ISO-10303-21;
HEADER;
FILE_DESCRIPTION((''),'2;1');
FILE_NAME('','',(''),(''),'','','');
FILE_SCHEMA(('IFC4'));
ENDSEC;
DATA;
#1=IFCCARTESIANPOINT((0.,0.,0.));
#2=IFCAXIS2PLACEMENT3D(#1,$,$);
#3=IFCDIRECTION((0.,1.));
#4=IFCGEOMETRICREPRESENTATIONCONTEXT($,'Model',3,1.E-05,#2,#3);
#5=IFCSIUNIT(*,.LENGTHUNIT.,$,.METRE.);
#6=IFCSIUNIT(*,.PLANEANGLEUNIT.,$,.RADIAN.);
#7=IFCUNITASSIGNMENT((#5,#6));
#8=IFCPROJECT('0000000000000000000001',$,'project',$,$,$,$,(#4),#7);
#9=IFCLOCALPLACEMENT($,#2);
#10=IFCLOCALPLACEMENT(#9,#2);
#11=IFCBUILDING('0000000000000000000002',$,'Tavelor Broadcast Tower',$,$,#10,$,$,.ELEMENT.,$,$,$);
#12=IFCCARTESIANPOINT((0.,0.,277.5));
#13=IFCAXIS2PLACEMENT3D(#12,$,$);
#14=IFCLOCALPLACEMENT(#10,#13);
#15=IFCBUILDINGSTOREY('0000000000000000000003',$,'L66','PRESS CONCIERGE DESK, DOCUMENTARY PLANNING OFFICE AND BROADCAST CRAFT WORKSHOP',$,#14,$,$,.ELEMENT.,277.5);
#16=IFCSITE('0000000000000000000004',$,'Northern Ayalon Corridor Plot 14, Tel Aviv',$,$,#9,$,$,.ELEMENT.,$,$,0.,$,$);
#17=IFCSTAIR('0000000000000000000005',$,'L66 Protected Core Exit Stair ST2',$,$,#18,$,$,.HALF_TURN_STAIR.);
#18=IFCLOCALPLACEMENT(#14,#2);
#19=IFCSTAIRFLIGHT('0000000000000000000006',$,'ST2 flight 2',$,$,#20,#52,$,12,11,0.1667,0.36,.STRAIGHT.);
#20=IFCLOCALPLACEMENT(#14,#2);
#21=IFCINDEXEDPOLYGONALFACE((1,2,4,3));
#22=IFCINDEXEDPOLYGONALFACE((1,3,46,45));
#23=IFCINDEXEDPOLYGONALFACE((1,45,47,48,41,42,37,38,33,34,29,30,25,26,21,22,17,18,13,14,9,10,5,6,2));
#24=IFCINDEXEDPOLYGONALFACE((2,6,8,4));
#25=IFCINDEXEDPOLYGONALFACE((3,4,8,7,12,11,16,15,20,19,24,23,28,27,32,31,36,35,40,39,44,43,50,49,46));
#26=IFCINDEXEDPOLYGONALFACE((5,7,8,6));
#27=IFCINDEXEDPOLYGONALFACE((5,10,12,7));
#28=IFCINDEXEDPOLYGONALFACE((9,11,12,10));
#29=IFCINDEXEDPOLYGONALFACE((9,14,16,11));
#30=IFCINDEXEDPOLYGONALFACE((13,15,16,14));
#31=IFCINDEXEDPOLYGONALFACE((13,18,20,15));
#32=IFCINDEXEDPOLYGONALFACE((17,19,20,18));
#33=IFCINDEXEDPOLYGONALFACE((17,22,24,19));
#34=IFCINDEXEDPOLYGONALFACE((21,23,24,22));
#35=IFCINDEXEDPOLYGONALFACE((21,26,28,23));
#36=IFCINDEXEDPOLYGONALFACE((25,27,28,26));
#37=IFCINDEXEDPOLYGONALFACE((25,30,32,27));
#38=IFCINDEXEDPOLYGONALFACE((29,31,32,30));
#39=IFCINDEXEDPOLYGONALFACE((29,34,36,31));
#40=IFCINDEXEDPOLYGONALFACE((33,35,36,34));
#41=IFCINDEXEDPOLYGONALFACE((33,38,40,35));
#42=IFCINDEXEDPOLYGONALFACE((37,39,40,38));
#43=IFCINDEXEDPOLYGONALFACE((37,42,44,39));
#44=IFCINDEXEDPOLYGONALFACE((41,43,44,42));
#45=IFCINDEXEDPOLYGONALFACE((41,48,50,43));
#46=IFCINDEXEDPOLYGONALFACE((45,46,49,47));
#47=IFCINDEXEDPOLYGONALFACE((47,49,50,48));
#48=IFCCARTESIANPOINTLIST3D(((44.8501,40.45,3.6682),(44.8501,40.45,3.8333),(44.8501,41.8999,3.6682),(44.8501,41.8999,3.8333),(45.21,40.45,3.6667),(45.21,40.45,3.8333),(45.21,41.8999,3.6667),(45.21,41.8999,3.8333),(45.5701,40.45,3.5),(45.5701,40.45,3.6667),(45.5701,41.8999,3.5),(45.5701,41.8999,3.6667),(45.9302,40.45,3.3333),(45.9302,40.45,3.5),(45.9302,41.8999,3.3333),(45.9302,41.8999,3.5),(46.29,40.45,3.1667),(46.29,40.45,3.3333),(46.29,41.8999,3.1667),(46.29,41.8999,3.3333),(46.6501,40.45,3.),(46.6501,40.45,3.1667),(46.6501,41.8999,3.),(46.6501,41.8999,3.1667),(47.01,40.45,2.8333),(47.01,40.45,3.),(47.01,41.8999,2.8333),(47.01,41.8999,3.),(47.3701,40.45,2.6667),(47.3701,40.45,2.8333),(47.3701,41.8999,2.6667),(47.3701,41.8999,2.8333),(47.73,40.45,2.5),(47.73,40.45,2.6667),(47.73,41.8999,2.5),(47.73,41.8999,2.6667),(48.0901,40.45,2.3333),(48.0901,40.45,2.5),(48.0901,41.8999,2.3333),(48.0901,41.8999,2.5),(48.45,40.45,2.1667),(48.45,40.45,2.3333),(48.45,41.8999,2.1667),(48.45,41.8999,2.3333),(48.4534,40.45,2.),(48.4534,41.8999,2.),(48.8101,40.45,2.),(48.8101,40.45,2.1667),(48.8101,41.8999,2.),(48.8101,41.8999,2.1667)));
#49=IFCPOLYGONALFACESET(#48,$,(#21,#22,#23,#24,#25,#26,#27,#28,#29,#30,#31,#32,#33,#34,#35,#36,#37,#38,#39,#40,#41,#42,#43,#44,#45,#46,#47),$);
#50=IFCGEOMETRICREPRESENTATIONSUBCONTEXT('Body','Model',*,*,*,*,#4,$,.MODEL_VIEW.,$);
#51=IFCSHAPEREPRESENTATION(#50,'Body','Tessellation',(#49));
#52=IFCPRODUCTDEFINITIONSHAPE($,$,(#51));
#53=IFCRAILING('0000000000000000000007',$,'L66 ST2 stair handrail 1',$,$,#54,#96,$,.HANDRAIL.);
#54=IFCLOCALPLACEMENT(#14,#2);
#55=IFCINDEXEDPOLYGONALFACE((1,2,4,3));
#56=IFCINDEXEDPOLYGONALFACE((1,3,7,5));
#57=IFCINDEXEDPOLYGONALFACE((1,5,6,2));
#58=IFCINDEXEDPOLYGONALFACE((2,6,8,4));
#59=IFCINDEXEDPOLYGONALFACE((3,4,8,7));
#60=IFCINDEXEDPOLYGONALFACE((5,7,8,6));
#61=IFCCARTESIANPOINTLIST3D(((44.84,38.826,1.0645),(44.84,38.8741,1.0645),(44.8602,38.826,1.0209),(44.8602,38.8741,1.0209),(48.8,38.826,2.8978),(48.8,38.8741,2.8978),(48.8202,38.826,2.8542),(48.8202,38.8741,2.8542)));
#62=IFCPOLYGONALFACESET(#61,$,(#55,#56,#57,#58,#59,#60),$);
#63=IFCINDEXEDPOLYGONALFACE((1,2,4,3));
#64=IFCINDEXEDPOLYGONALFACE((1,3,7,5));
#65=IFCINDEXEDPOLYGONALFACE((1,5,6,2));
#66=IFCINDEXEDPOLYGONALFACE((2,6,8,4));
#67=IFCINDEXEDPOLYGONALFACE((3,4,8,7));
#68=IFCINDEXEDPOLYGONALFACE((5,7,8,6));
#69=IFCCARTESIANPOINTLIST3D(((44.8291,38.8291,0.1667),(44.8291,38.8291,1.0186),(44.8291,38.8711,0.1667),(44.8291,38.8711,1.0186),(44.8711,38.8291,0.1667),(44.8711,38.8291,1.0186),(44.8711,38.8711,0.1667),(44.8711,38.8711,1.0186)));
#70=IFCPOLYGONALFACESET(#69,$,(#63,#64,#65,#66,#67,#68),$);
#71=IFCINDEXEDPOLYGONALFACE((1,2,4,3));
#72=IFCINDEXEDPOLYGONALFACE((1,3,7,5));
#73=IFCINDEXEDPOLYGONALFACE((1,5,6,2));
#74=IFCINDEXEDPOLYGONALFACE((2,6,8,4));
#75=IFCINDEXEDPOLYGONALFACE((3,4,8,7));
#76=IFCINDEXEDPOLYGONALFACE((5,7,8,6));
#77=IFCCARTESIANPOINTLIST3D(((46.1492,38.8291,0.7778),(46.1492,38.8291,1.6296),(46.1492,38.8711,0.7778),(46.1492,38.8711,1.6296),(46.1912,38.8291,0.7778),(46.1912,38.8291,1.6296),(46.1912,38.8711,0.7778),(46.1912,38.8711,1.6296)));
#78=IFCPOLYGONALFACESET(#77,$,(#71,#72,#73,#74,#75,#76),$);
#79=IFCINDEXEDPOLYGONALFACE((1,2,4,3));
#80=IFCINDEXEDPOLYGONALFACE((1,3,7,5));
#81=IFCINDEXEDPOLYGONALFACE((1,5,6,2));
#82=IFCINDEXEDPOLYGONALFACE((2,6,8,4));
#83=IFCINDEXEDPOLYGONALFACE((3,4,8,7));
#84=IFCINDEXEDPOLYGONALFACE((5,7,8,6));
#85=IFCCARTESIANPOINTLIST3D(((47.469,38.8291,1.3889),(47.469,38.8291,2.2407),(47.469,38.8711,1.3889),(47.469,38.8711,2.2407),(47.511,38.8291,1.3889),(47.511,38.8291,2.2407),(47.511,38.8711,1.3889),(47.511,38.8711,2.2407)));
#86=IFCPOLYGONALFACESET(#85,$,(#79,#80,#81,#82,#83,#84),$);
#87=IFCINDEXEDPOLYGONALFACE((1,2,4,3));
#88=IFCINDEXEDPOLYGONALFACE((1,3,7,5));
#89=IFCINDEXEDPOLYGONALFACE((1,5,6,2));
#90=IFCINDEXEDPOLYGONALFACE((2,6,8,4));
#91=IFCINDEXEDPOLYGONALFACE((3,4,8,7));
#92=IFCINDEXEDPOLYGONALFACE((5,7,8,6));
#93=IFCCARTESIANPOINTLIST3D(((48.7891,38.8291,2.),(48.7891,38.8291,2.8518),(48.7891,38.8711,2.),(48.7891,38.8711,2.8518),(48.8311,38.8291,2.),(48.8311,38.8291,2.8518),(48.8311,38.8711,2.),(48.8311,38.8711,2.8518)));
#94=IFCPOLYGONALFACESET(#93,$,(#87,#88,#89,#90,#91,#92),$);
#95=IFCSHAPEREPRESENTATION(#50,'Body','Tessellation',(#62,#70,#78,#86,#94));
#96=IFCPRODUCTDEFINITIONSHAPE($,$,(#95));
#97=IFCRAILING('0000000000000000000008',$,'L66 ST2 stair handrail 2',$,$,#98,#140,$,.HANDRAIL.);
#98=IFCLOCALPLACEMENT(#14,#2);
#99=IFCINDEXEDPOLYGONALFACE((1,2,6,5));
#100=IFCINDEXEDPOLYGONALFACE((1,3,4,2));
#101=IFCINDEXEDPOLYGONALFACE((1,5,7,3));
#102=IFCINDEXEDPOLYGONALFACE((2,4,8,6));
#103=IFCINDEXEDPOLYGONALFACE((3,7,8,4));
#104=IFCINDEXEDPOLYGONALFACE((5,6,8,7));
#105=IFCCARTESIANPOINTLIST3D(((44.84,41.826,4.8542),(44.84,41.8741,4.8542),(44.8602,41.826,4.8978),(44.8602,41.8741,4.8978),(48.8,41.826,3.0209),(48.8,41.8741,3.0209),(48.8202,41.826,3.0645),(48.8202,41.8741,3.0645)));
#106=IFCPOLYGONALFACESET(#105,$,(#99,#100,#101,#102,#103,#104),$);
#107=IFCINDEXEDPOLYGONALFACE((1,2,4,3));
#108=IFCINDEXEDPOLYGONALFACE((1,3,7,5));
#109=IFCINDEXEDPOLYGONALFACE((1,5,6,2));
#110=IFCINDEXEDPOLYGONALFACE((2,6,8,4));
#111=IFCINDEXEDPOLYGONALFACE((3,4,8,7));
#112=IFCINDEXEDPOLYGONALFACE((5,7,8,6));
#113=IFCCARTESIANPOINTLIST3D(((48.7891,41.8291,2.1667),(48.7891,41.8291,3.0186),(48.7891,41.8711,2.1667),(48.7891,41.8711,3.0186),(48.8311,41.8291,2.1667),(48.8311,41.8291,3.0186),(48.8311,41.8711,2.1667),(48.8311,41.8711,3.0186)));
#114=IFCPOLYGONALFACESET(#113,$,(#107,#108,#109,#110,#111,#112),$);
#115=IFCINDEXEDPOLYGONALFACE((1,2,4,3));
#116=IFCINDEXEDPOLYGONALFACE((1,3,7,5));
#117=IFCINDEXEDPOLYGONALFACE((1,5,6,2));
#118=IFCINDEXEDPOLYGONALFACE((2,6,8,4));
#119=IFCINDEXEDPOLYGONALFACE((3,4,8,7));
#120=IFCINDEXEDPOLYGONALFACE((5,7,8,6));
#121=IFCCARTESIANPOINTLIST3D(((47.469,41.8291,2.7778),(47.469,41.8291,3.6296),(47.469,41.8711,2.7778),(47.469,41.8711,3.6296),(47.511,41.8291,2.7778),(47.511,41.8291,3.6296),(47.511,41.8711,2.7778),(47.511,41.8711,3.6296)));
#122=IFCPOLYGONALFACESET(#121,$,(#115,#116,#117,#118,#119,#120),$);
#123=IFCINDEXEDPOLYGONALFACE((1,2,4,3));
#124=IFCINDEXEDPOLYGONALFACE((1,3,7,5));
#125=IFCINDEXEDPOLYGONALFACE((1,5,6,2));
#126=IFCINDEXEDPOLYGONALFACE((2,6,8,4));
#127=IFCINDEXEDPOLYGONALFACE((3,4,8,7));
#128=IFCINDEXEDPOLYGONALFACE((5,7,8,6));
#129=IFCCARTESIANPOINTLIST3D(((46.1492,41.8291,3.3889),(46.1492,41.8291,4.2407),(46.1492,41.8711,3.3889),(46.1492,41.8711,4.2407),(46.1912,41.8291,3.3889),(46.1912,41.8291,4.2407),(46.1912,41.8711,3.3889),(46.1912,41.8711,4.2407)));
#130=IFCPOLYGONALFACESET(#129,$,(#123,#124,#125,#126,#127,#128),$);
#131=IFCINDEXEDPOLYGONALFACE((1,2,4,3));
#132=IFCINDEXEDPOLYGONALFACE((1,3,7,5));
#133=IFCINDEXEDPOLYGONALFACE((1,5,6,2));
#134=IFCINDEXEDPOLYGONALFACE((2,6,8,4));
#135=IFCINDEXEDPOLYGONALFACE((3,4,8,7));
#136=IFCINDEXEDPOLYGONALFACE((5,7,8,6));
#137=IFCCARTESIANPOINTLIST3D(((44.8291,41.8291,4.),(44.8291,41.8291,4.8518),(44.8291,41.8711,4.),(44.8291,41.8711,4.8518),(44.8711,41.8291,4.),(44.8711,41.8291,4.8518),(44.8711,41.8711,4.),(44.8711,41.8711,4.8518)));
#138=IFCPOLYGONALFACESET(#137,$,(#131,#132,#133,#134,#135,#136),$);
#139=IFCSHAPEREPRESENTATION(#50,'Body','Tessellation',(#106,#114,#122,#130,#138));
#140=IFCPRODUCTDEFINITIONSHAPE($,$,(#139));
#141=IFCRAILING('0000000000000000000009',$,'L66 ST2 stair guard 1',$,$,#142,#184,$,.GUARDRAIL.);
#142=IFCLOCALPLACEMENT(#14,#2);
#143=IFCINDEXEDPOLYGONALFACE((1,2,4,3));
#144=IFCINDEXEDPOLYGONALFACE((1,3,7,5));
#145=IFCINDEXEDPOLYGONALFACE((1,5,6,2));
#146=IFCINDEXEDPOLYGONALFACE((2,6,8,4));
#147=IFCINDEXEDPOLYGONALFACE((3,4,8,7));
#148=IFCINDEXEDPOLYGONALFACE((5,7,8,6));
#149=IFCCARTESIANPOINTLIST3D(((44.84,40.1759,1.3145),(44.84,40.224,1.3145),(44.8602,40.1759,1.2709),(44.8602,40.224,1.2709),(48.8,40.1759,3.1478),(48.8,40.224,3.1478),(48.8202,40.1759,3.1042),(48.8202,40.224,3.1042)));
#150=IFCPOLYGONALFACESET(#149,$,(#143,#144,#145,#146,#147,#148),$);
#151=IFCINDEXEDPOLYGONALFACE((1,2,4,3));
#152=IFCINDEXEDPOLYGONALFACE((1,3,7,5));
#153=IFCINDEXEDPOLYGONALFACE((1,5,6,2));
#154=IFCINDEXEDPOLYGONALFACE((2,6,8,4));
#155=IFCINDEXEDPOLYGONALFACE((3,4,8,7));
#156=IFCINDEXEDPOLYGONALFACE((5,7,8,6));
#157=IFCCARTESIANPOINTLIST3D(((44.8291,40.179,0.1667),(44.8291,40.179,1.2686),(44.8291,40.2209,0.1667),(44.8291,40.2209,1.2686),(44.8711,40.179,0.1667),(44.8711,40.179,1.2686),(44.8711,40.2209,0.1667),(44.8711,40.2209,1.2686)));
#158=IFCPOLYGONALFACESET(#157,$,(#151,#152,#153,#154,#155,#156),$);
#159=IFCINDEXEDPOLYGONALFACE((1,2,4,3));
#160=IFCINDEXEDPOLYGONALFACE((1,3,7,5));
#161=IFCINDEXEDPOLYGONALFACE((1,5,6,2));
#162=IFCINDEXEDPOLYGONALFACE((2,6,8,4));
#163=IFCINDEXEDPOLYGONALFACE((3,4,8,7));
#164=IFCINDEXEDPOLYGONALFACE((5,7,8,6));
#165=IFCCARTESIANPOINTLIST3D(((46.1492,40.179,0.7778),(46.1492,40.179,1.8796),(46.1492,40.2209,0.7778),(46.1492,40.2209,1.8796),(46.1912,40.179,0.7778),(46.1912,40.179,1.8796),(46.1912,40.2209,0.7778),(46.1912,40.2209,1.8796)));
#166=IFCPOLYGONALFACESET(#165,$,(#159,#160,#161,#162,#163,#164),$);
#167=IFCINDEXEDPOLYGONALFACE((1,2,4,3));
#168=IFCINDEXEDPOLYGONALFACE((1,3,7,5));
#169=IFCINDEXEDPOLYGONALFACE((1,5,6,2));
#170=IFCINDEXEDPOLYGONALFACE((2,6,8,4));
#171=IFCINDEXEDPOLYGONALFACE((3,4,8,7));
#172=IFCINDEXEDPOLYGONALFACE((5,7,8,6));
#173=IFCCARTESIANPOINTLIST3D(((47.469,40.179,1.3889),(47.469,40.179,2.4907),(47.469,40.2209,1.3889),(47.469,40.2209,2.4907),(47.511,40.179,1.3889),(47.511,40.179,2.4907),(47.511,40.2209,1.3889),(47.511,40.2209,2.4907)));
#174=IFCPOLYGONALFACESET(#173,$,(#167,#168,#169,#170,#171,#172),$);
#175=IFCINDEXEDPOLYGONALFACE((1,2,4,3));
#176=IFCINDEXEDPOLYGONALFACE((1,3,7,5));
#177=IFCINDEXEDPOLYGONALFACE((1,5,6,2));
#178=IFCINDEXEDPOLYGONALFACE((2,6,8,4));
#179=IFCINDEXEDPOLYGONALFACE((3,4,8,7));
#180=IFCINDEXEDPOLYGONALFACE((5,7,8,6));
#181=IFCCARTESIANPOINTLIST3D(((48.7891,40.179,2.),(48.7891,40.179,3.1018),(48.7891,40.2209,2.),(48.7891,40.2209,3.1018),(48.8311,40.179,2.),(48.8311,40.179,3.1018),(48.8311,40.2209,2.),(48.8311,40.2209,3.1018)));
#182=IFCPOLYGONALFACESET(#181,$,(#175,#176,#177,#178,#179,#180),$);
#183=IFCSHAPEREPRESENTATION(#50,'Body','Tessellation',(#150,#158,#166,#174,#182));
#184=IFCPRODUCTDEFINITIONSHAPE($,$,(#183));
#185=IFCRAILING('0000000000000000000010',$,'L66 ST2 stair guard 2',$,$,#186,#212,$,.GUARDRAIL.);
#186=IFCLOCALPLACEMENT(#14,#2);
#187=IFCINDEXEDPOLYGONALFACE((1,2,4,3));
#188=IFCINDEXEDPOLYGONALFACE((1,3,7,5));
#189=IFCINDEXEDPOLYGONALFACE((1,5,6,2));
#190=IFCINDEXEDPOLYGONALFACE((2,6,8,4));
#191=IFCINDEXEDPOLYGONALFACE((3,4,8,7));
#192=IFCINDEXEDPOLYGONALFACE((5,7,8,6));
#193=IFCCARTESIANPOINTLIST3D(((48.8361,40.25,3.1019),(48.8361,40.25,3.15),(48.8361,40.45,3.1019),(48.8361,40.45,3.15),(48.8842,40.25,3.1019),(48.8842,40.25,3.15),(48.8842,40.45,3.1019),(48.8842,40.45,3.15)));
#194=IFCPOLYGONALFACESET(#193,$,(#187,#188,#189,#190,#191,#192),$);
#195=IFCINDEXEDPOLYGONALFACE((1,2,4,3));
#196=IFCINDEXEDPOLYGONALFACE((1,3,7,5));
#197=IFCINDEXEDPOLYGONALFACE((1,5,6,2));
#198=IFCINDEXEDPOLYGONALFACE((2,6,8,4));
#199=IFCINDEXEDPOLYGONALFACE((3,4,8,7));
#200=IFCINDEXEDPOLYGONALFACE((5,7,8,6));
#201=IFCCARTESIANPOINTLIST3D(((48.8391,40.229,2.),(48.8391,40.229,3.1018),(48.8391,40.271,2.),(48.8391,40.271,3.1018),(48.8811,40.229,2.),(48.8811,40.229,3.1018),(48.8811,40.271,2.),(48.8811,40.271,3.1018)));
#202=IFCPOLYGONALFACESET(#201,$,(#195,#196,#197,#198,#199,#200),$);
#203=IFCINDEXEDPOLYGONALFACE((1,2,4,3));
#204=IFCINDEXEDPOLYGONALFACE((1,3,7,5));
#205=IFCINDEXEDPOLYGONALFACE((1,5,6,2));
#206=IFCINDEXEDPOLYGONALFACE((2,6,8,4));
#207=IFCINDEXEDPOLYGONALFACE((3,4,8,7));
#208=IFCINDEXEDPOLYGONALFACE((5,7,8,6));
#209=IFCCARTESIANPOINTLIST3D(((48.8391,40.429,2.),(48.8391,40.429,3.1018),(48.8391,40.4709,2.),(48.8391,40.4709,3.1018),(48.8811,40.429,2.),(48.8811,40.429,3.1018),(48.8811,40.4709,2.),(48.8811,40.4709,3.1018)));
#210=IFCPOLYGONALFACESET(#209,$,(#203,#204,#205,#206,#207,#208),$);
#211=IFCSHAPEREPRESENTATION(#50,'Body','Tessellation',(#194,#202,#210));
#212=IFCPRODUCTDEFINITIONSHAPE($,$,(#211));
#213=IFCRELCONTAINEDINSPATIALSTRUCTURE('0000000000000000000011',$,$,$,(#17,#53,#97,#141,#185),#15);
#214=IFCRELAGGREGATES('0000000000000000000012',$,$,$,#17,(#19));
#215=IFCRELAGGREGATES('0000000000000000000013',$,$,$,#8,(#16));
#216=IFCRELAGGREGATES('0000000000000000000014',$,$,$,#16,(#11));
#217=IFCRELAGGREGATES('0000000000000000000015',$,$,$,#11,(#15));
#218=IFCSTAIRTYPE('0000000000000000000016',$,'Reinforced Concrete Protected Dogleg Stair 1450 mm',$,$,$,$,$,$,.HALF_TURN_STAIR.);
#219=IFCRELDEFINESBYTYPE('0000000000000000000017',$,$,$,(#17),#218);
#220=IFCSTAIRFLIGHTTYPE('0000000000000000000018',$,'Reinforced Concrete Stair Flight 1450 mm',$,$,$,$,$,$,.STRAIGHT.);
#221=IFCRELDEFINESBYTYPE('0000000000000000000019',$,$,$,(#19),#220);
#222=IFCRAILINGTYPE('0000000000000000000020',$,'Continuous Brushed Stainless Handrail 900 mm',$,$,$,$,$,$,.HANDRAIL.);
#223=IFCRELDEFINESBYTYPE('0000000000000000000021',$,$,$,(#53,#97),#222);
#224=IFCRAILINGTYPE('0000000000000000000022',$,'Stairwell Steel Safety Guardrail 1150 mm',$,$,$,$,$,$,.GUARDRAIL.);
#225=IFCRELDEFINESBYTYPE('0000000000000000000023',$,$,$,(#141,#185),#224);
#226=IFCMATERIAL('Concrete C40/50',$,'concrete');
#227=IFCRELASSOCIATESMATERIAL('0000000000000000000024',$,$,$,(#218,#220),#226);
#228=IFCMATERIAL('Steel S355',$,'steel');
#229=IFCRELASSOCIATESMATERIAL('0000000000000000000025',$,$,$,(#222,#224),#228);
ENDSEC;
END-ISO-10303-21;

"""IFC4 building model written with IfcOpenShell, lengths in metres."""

from ifc_helpers import new_model, si_unit, direction, frame, origin, origin_2d, place, context, subcontext, project, spatial, polyline, rectangle, outline, extrude, material, type_object, element, aggregate, save


model = new_model("IFC4")

# Units and contexts
model_context = context("Model", 3, precision=1e-05, world=origin(), true_north=direction((0.0, 1.0)))
body_context = subcontext(model_context, "Body", "Model", "MODEL_VIEW")
ifc_project = project(units=[si_unit("LENGTHUNIT", "METRE"), si_unit("PLANEANGLEUNIT", "RADIAN")], contexts=[model_context])

# Site, building, storey
site_placement = place(None, origin())
site = spatial("IfcSite", under=ifc_project, at=site_placement, Name="Northern Ayalon Corridor Plot 14, Tel Aviv", CompositionType="ELEMENT", RefElevation=0.0)
building_placement = place(site_placement, origin())
building = spatial("IfcBuilding", under=site, at=building_placement, Name="Tavelor Broadcast Tower", CompositionType="ELEMENT")
storey_placement = place(building_placement, frame((0.0, 0.0, 277.5)))
storey = spatial("IfcBuildingStorey", under=building, at=storey_placement, Name="L66", Description="PRESS CONCIERGE DESK, DOCUMENTARY PLANNING OFFICE AND BROADCAST CRAFT WORKSHOP", CompositionType="ELEMENT", Elevation=277.5)

# Shared definitions
ifc_material_1 = material(Name="Concrete C40/50", Category="concrete")
ifc_material_2 = material(Name="Steel S355", Category="steel")

# Stair, stair flight
stair_type = type_object("IfcStairType", Name="Reinforced Concrete Protected Dogleg Stair 1450 mm", PredefinedType="HALF_TURN_STAIR", material=ifc_material_1)
stair_placement = place(storey_placement, origin())
stair = element("IfcStair", 1, at=stair_placement, inside=storey, type_object=stair_type, Name="L66 Protected Core Exit Stair ST2", PredefinedType="HALF_TURN_STAIR")
stair_flight_type = type_object("IfcStairFlightType", Name="Reinforced Concrete Stair Flight 1450 mm", PredefinedType="STRAIGHT", material=ifc_material_1)
stair_flight_1_placement = place(storey_placement, frame((48.8101, 41.175, 2.0), z_axis=(0.0, 0.0, 1.0), x_axis=(-1.0, 0.0, 0.0)))
stair_flight_1 = element("IfcStairFlight", 2, at=stair_flight_1_placement, type_object=stair_flight_type, Name="ST2 flight 2", NumberOfRisers=12, NumberOfTreads=11, PredefinedType="STRAIGHT", RiserHeight=0.1667, TreadLength=0.36, context=body_context, shape_type="SweptSolid", body=[
    extrude(outline(polyline([(0.0, 0.0), (0.0, 0.1667), (0.3601, 0.1667), (0.3601, 0.3333), (0.72, 0.3333), (0.72, 0.5), (1.0801, 0.5), (1.0801, 0.6667), (1.4399, 0.6667), (1.4399, 0.8333), (1.8, 0.8333), (1.8, 1.0), (2.1599, 1.0), (2.1599, 1.1667), (2.52, 1.1667), (2.52, 1.3333), (2.8799, 1.3333), (2.8799, 1.5), (3.24, 1.5), (3.24, 1.6667), (3.6001, 1.6667), (3.6001, 1.8333), (3.96, 1.8333), (3.96, 2.0), (3.96, 1.6682), (0.3567, 0.0), (0.0, 0.0)])), frame((0.0, 0.7251, 0.0), z_axis=(0.0, -1.0, 0.0), x_axis=(1.0, 0.0, 0.0)), (0.0, 0.0, 1.0), 1.45),
])
aggregate(stair, [stair_flight_1])

# Railings
railing_type_1 = type_object("IfcRailingType", Name="Continuous Brushed Stainless Handrail 900 mm", PredefinedType="HANDRAIL", material=ifc_material_2)
railing_1_placement = place(storey_placement, frame((44.8501, 38.8501, 0.1667)))
element("IfcRailing", 3, at=railing_1_placement, inside=storey, type_object=railing_type_1, Name="L66 ST2 stair handrail 1", PredefinedType="HANDRAIL", context=body_context, shape_type="SweptSolid", body=[
    extrude(rectangle(XDim=0.0481, YDim=0.0481, at=origin_2d()), frame((0.0, 0.0, 0.876), z_axis=(0.907472, 0.0, 0.420112), x_axis=(0.0, 1.0, 0.0)), (0.0, 0.0, 1.0), 4.3638),
    extrude(rectangle(XDim=0.042, YDim=0.042, at=origin_2d()), origin(), (0.0, 0.0, 1.0), 0.8518),
    extrude(rectangle(XDim=0.042, YDim=0.042, at=origin_2d()), frame((1.3201, 0.0, 0.6111)), (0.0, 0.0, 1.0), 0.8518),
    extrude(rectangle(XDim=0.042, YDim=0.042, at=origin_2d()), frame((2.6399, 0.0, 1.2222)), (0.0, 0.0, 1.0), 0.8518),
    extrude(rectangle(XDim=0.042, YDim=0.042, at=origin_2d()), frame((3.96, 0.0, 1.8333)), (0.0, 0.0, 1.0), 0.8518),
])
railing_2_placement = place(storey_placement, frame((48.8101, 41.8501, 2.1667)))
element("IfcRailing", 4, at=railing_2_placement, inside=storey, type_object=railing_type_1, Name="L66 ST2 stair handrail 2", PredefinedType="HANDRAIL", context=body_context, shape_type="SweptSolid", body=[
    extrude(rectangle(XDim=0.0481, YDim=0.0481, at=origin_2d()), frame((0.0, 0.0, 0.876), z_axis=(-0.907472, 0.0, 0.420112), x_axis=(0.0, -1.0, 0.0)), (0.0, 0.0, 1.0), 4.3638),
    extrude(rectangle(XDim=0.042, YDim=0.042, at=origin_2d()), origin(), (0.0, 0.0, 1.0), 0.8518),
    extrude(rectangle(XDim=0.042, YDim=0.042, at=origin_2d()), frame((-1.3201, 0.0, 0.6111)), (0.0, 0.0, 1.0), 0.8518),
    extrude(rectangle(XDim=0.042, YDim=0.042, at=origin_2d()), frame((-2.6399, 0.0, 1.2222)), (0.0, 0.0, 1.0), 0.8518),
    extrude(rectangle(XDim=0.042, YDim=0.042, at=origin_2d()), frame((-3.96, 0.0, 1.8333)), (0.0, 0.0, 1.0), 0.8518),
])
railing_type_2 = type_object("IfcRailingType", Name="Stairwell Steel Safety Guardrail 1150 mm", PredefinedType="GUARDRAIL", material=ifc_material_2)
railing_3_placement = place(storey_placement, frame((44.8501, 40.2, 0.1667)))
element("IfcRailing", 5, at=railing_3_placement, inside=storey, type_object=railing_type_2, Name="L66 ST2 stair guard 1", PredefinedType="GUARDRAIL", context=body_context, shape_type="SweptSolid", body=[
    extrude(rectangle(XDim=0.0481, YDim=0.0481, at=origin_2d()), frame((0.0, 0.0, 1.126), z_axis=(0.907472, 0.0, 0.420112), x_axis=(0.0, 1.0, 0.0)), (0.0, 0.0, 1.0), 4.3638),
    extrude(rectangle(XDim=0.042, YDim=0.042, at=origin_2d()), origin(), (0.0, 0.0, 1.0), 1.1018),
    extrude(rectangle(XDim=0.042, YDim=0.042, at=origin_2d()), frame((1.3201, 0.0, 0.6111)), (0.0, 0.0, 1.0), 1.1018),
    extrude(rectangle(XDim=0.042, YDim=0.042, at=origin_2d()), frame((2.6399, 0.0, 1.2222)), (0.0, 0.0, 1.0), 1.1018),
    extrude(rectangle(XDim=0.042, YDim=0.042, at=origin_2d()), frame((3.96, 0.0, 1.8333)), (0.0, 0.0, 1.0), 1.1018),
])
railing_4_placement = place(storey_placement, frame((48.8601, 40.25, 2.0)))
element("IfcRailing", 6, at=railing_4_placement, inside=storey, type_object=railing_type_2, Name="L66 ST2 stair guard 2", PredefinedType="GUARDRAIL", context=body_context, shape_type="SweptSolid", body=[
    extrude(rectangle(XDim=0.0481, YDim=0.0481, at=origin_2d()), frame((0.0, 0.0, 1.126), z_axis=(0.0, 1.0, 0.0), x_axis=(-1.0, 0.0, 0.0)), (0.0, 0.0, 1.0), 0.2),
    extrude(rectangle(XDim=0.042, YDim=0.042, at=origin_2d()), origin(), (0.0, 0.0, 1.0), 1.1018),
    extrude(rectangle(XDim=0.042, YDim=0.042, at=origin_2d()), frame((0.0, 0.2, 0.0)), (0.0, 0.0, 1.0), 1.1018),
])

save(model, "model.ifc")
